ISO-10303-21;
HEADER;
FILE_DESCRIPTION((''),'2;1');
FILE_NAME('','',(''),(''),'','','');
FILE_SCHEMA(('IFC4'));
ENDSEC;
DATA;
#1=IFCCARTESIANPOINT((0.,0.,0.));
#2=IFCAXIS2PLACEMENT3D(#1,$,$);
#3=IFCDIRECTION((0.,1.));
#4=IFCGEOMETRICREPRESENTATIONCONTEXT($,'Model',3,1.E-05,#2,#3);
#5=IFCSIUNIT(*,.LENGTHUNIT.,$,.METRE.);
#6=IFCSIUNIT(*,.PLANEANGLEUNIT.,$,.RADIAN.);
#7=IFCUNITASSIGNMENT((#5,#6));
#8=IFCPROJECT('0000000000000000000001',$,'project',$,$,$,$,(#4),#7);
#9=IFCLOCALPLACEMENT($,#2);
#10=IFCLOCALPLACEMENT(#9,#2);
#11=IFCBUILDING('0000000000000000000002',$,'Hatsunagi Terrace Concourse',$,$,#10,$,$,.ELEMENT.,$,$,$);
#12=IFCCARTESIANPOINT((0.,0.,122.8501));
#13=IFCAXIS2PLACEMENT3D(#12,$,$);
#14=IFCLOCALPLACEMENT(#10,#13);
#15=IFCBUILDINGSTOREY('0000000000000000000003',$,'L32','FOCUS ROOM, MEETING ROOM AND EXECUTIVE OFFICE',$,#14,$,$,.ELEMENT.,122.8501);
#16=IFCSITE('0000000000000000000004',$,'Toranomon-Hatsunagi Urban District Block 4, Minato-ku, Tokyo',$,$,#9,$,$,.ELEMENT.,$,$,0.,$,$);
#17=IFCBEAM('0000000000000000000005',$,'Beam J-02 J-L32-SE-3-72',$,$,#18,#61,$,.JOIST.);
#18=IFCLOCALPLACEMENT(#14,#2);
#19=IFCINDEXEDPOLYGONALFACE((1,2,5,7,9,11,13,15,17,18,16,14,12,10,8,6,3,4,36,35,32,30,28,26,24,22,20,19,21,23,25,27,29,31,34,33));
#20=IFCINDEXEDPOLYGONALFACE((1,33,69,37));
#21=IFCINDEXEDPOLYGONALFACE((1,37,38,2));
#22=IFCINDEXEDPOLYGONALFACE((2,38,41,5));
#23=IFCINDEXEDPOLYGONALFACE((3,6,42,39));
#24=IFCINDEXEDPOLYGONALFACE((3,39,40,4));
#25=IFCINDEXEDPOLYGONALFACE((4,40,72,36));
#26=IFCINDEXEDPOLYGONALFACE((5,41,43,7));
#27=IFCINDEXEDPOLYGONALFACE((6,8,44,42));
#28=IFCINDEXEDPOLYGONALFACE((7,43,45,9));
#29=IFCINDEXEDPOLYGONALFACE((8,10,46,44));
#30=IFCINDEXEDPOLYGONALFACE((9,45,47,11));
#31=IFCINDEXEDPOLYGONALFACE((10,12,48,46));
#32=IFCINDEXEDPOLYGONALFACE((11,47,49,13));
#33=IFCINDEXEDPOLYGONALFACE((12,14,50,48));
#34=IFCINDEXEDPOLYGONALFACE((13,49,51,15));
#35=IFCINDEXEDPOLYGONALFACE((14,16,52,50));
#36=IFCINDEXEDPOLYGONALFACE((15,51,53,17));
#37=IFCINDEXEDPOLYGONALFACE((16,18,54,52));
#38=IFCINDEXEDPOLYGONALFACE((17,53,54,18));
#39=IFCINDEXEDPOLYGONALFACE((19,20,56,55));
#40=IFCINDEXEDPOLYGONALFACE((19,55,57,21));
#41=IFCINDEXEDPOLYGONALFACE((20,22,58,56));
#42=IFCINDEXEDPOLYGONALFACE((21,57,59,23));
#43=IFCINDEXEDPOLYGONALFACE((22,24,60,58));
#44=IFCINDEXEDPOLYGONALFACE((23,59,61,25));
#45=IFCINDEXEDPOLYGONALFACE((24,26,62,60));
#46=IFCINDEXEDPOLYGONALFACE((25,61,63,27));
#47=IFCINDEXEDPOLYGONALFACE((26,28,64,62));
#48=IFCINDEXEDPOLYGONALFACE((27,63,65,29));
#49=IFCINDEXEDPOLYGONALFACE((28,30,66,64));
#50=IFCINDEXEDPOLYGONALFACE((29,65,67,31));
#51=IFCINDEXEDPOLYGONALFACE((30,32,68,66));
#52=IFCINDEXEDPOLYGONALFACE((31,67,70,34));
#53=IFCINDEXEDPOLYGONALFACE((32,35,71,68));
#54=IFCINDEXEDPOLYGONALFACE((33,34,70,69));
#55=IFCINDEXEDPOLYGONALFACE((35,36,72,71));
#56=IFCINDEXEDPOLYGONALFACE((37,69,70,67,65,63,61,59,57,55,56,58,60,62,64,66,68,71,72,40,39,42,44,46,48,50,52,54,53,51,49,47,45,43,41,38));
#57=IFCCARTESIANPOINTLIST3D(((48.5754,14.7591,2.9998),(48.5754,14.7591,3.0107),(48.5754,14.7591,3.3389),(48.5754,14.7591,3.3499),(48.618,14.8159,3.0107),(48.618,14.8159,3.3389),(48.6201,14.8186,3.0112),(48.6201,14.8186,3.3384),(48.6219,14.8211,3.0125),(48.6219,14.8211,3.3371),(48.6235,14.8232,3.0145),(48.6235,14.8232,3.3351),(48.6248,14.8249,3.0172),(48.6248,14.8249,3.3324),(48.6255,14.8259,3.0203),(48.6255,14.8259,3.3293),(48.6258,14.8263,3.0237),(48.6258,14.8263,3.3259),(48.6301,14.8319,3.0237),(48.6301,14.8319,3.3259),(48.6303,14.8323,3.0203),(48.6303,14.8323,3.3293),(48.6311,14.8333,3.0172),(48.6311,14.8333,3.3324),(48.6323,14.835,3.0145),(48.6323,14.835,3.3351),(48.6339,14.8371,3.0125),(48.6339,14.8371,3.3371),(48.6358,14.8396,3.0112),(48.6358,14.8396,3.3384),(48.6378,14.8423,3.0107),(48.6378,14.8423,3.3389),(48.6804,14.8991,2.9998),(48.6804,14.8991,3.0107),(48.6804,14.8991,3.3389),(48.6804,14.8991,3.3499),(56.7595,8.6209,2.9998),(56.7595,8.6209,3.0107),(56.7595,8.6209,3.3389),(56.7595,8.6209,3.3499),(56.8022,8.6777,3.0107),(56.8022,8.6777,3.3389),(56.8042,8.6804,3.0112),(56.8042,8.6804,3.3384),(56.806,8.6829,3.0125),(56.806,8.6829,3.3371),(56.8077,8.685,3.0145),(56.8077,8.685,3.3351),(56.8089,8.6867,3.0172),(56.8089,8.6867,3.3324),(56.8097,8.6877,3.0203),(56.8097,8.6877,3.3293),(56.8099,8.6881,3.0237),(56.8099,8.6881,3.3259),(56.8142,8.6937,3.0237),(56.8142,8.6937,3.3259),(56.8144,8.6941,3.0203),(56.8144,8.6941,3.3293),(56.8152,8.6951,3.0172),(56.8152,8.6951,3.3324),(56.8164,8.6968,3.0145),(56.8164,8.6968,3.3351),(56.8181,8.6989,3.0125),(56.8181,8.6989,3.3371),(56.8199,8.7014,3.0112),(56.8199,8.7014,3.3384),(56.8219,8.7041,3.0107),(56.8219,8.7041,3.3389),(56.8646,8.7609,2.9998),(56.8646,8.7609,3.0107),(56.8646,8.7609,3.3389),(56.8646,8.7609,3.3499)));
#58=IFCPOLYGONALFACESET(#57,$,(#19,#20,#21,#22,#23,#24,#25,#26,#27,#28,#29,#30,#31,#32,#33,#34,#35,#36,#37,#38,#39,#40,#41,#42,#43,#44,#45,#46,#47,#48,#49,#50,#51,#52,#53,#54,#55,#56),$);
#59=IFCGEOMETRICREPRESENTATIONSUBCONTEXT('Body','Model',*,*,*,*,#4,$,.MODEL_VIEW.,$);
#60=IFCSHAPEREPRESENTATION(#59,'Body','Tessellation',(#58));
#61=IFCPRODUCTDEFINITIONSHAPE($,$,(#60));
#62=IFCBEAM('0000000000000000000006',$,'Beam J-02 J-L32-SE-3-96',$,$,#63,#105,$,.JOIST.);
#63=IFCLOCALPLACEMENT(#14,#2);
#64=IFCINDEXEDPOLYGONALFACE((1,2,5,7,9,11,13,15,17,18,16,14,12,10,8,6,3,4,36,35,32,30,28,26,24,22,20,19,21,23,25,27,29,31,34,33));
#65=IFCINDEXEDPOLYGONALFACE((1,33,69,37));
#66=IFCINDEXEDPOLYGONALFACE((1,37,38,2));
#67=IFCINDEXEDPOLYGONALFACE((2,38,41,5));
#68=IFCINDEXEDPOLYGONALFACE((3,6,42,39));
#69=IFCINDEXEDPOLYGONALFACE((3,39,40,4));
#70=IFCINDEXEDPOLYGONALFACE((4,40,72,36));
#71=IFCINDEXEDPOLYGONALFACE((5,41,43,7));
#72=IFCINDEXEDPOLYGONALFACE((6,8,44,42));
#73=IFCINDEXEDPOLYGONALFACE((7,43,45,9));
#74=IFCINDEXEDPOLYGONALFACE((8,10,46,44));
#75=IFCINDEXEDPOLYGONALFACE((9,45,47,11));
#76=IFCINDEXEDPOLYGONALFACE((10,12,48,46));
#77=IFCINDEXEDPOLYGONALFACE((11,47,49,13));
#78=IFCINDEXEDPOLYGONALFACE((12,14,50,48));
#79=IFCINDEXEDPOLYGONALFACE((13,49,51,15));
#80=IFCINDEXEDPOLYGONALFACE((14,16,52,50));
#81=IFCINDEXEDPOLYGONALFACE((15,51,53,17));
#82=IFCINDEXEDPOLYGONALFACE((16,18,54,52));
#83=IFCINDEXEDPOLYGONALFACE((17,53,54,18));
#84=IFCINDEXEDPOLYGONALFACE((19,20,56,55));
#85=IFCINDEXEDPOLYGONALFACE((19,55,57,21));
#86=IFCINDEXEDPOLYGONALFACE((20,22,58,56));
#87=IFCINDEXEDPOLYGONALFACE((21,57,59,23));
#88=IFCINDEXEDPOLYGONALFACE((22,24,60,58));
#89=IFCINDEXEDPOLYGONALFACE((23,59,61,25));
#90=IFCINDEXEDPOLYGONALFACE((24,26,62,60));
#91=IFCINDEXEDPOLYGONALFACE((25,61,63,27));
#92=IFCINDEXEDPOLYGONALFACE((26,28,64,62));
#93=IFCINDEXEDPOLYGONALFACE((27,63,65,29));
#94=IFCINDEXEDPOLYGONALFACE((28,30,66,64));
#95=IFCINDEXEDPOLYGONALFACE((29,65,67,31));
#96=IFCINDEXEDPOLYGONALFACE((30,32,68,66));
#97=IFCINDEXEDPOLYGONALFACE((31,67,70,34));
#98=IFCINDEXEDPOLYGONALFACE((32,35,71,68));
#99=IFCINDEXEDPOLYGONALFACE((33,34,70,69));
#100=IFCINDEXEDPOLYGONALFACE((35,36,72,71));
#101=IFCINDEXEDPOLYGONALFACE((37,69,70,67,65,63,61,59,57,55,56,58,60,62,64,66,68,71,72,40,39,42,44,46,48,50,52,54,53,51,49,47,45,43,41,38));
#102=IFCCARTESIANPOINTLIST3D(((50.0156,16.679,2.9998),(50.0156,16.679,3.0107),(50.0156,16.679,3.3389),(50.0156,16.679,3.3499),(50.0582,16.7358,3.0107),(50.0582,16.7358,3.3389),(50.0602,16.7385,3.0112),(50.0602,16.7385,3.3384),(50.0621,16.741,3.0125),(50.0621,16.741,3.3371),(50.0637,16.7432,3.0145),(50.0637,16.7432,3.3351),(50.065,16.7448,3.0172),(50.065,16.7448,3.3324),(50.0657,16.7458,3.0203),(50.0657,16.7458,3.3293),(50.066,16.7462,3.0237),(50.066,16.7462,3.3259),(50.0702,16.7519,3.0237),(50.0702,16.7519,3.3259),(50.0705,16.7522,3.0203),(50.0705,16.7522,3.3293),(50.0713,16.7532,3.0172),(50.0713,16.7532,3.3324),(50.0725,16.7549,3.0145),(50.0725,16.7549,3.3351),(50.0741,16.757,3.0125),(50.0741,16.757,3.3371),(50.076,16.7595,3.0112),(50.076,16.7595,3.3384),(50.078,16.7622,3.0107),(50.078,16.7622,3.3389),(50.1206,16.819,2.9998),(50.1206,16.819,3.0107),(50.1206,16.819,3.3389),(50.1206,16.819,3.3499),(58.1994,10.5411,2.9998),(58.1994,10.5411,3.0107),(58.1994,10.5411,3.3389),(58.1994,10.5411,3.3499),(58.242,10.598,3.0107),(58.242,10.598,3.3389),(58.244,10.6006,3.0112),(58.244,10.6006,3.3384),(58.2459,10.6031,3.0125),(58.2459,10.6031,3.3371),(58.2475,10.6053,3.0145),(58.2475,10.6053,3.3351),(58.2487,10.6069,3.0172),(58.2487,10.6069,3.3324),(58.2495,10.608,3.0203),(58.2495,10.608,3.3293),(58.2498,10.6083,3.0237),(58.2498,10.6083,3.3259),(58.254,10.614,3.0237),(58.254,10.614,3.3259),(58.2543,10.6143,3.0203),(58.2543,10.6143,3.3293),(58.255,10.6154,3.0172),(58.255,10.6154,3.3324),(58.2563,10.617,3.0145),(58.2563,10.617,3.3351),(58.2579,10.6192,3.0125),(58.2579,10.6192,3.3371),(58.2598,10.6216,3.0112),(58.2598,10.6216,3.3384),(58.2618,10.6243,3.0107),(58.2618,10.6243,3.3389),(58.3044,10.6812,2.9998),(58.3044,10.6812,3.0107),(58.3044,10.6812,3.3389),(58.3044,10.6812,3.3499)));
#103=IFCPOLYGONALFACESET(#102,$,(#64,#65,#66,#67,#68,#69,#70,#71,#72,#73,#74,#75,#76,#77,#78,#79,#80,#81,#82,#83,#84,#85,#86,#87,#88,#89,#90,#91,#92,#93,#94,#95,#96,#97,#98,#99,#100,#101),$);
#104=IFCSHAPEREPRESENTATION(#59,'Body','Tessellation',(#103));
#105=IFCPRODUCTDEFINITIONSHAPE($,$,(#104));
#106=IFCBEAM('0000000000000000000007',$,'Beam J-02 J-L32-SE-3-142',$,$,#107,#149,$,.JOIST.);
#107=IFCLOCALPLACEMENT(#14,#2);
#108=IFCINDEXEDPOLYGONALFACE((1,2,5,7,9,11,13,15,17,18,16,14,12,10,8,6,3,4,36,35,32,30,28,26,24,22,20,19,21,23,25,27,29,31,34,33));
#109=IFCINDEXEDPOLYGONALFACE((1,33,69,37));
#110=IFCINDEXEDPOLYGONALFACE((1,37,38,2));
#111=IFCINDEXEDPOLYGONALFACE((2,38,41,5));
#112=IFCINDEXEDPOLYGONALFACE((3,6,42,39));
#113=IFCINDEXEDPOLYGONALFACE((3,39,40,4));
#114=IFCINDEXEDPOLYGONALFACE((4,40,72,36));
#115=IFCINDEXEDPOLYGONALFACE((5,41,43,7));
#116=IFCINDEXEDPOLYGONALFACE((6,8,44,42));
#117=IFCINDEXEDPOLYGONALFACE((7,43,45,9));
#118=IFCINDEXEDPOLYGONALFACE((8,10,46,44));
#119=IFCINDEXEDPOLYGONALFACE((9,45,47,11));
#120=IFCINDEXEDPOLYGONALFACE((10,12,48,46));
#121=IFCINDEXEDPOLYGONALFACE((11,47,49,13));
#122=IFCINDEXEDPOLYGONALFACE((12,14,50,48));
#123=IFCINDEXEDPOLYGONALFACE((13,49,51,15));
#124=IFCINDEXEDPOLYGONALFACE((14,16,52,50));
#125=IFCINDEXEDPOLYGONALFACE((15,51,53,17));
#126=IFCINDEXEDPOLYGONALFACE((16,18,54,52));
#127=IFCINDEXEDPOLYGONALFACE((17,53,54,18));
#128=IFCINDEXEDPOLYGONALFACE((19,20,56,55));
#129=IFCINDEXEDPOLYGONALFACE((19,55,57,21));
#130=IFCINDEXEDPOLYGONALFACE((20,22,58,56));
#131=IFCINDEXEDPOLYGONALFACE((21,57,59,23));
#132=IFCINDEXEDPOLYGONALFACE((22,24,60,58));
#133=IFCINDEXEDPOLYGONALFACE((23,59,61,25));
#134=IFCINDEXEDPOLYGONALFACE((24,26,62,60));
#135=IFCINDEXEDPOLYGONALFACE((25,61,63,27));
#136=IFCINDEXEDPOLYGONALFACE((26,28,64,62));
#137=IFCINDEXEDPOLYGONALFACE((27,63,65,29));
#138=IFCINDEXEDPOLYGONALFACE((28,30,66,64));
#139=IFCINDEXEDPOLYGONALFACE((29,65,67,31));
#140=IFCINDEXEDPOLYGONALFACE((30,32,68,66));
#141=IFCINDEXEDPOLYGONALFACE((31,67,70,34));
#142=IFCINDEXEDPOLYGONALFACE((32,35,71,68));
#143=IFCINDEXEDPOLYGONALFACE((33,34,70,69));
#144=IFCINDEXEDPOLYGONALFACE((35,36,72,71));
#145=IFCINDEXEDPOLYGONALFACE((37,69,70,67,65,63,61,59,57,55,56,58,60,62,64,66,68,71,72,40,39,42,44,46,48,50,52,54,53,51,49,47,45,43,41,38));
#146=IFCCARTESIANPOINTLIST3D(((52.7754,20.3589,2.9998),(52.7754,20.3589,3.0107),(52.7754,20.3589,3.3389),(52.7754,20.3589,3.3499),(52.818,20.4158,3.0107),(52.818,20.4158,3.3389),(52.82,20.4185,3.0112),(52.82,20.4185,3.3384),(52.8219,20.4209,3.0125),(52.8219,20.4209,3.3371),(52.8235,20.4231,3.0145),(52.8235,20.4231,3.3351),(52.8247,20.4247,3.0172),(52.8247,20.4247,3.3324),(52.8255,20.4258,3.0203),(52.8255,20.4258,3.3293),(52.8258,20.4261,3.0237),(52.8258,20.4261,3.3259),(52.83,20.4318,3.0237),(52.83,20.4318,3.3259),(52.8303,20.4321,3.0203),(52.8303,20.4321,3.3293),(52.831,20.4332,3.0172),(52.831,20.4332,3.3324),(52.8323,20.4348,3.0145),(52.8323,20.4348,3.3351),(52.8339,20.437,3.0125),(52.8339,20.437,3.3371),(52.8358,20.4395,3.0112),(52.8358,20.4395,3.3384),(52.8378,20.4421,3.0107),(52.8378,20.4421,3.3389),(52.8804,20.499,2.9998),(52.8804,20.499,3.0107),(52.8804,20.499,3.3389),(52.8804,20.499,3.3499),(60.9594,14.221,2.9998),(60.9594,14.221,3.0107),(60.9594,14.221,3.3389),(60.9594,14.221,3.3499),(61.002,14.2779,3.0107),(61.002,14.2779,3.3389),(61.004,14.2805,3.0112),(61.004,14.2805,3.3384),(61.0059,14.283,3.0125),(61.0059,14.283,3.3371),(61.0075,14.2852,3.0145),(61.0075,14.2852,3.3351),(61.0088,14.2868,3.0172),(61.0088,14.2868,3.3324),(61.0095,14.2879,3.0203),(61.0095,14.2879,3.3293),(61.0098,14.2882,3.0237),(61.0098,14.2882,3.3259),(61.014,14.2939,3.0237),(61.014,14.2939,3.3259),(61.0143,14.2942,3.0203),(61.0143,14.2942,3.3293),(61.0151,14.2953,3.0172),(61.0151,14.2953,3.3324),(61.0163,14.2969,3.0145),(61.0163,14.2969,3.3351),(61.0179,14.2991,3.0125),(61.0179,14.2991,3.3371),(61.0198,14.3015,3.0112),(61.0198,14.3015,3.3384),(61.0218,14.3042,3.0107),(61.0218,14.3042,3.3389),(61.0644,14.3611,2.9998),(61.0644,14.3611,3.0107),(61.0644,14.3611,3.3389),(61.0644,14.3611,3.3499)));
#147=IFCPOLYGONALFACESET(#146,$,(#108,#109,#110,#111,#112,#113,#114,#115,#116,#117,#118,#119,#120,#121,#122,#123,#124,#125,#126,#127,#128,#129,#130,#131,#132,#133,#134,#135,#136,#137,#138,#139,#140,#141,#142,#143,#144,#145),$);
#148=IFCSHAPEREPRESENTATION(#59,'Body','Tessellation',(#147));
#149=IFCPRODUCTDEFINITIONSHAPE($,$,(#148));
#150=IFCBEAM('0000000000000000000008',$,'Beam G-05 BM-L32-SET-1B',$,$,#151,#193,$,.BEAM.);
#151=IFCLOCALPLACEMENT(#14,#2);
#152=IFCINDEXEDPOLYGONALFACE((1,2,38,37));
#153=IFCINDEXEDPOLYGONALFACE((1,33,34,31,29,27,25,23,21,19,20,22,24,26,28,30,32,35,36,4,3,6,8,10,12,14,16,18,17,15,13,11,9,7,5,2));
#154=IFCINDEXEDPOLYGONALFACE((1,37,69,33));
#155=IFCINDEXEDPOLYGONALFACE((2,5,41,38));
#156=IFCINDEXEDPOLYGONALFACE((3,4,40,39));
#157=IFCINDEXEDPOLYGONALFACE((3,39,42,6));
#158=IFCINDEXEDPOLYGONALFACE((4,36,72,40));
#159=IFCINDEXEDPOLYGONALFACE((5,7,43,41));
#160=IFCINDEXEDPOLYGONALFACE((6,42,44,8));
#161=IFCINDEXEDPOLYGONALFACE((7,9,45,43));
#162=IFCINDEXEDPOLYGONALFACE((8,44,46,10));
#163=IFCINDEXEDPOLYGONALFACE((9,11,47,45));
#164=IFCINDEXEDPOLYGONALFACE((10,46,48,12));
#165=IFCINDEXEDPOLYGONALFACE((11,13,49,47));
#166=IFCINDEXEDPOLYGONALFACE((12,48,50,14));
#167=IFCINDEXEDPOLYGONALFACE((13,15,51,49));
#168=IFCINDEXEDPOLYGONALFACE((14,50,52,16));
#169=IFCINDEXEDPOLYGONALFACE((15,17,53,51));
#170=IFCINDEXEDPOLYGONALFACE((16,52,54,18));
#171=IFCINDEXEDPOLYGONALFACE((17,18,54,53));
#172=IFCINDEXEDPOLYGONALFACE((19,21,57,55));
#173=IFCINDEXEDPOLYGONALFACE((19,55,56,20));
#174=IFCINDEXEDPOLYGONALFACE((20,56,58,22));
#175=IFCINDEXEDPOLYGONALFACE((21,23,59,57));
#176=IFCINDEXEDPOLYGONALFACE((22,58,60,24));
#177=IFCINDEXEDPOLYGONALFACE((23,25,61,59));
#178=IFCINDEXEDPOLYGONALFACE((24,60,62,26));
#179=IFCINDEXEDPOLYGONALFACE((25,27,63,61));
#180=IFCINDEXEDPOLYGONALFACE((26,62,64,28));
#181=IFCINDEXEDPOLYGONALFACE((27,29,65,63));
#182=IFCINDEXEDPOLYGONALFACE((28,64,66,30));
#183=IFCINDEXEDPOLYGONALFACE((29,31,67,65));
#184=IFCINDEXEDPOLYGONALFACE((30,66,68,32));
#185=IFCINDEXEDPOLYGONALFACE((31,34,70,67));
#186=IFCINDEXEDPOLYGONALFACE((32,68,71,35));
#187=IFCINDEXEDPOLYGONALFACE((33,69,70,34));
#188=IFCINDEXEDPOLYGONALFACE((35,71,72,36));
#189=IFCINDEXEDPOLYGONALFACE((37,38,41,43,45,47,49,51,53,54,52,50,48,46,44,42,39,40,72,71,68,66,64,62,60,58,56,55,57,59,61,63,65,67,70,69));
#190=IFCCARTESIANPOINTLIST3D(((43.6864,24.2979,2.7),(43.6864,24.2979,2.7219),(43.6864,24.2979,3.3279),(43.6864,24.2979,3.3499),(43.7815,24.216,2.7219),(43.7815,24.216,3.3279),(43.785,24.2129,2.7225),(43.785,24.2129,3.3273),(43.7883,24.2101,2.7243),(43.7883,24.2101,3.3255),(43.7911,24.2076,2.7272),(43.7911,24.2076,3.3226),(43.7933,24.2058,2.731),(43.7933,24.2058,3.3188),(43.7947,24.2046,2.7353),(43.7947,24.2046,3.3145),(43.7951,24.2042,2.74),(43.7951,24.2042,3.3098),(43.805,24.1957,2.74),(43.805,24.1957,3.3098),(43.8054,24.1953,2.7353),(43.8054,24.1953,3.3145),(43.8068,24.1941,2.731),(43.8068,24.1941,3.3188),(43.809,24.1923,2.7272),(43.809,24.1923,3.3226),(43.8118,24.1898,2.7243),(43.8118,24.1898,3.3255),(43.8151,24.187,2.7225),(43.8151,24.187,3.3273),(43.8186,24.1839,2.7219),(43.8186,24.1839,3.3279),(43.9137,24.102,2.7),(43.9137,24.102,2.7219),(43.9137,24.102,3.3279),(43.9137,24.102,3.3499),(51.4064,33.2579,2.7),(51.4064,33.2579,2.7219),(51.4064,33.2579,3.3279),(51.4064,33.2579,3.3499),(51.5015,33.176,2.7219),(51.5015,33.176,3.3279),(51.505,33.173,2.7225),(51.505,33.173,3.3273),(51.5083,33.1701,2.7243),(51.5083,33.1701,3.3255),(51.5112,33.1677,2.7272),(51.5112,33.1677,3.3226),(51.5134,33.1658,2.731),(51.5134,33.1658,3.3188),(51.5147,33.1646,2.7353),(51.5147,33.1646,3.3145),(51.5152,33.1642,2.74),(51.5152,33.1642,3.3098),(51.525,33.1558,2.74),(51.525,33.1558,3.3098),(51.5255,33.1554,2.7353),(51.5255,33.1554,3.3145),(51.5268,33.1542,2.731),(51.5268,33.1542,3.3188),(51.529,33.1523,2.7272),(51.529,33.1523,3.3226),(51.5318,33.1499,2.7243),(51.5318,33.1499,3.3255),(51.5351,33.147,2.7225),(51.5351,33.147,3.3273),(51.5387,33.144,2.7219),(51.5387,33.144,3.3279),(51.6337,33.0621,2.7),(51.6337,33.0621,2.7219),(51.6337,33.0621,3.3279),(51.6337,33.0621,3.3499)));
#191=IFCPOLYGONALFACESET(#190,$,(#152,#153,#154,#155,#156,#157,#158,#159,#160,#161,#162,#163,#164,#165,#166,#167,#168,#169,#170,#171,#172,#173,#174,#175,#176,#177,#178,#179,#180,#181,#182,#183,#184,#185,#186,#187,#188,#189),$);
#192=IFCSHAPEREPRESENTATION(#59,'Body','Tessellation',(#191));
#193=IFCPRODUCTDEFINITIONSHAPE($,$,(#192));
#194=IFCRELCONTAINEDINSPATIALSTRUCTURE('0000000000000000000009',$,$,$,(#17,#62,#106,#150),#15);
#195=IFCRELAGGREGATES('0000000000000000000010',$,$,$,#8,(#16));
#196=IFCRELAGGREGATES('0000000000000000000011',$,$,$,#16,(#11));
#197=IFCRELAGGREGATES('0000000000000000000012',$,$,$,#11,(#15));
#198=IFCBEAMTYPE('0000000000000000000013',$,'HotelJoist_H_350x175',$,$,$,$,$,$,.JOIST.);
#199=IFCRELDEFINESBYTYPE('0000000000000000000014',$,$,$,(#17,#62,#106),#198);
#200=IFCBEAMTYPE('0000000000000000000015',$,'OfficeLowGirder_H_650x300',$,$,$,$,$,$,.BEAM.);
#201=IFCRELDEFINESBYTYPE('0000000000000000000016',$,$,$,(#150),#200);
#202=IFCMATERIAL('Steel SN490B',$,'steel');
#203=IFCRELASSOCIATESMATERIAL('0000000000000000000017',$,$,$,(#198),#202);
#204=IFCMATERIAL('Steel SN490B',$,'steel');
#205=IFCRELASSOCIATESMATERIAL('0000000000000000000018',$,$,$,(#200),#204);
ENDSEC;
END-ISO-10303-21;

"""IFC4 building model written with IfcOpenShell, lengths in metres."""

from ifc_helpers import new_model, si_unit, direction, frame, origin, origin_2d, place, context, subcontext, project, spatial, i_section, extrude, material, material_profile, profile_set, type_object, element, save


model = new_model("IFC4")

# Units and contexts
model_context = context("Model", 3, precision=1e-05, world=origin(), true_north=direction((0.0, 1.0)))
body_context = subcontext(model_context, "Body", "Model", "MODEL_VIEW")
ifc_project = project(units=[si_unit("LENGTHUNIT", "METRE"), si_unit("PLANEANGLEUNIT", "RADIAN")], contexts=[model_context])

# Site, building, storey
site_placement = place(None, origin())
site = spatial("IfcSite", under=ifc_project, at=site_placement, Name="Toranomon-Hatsunagi Urban District Block 4, Minato-ku, Tokyo", CompositionType="ELEMENT", RefElevation=0.0)
building_placement = place(site_placement, origin())
building = spatial("IfcBuilding", under=site, at=building_placement, Name="Hatsunagi Terrace Concourse", CompositionType="ELEMENT")
storey_placement = place(building_placement, frame((0.0, 0.0, 122.8501)))
storey = spatial("IfcBuildingStorey", under=building, at=storey_placement, Name="L32", Description="FOCUS ROOM, MEETING ROOM AND EXECUTIVE OFFICE", CompositionType="ELEMENT", Elevation=122.8501)

# Beams
ifc_material_1 = material(Name="Steel SN490B", Category="steel")
ifc_material_profile_1 = material_profile(ifc_material_1, i_section(OverallWidth=0.175, OverallDepth=0.3501, WebThickness=0.0071, FlangeThickness=0.011, FilletRadius=0.0129, at=origin_2d()), Name="H-350x175x7x11")
ifc_profile_set_1 = profile_set([ifc_material_profile_1], Name="Steel SN490B")
beam_type_1 = type_object("IfcBeamType", Name="HotelJoist_H_350x175", PredefinedType="JOIST", material=ifc_profile_set_1)
beam_1_placement = place(storey_placement, frame((48.6279, 14.8291, 3.1748), z_axis=(0.799994, -0.600008, 0.0), x_axis=(0.600008, 0.799994, 0.0)))
element("IfcBeam", 1, at=beam_1_placement, inside=storey, type_object=beam_type_1, Name="Beam J-02 J-L32-SE-3-72", PredefinedType="JOIST", context=body_context, shape_type="SweptSolid", body=[
    extrude(i_section(OverallWidth=0.175, OverallDepth=0.3501, WebThickness=0.0071, FlangeThickness=0.011, FilletRadius=0.0129, at=origin_2d()), origin(), (0.0, 0.0, 1.0), 10.2302),
])
beam_2_placement = place(storey_placement, frame((50.0681, 16.749, 3.1748), z_axis=(0.799997, -0.600004, 0.0), x_axis=(0.600004, 0.799997, 0.0)))
element("IfcBeam", 2, at=beam_2_placement, inside=storey, type_object=beam_type_1, Name="Beam J-02 J-L32-SE-3-96", PredefinedType="JOIST", context=body_context, shape_type="SweptSolid", body=[
    extrude(i_section(OverallWidth=0.175, OverallDepth=0.3501, WebThickness=0.0071, FlangeThickness=0.011, FilletRadius=0.0129, at=origin_2d()), origin(), (0.0, 0.0, 1.0), 10.2297),
])
beam_3_placement = place(storey_placement, frame((52.8279, 20.429, 3.1748), z_axis=(0.800006, -0.599992, 0.0), x_axis=(0.599992, 0.800006, 0.0)))
element("IfcBeam", 3, at=beam_3_placement, inside=storey, type_object=beam_type_1, Name="Beam J-02 J-L32-SE-3-142", PredefinedType="JOIST", context=body_context, shape_type="SweptSolid", body=[
    extrude(i_section(OverallWidth=0.175, OverallDepth=0.3501, WebThickness=0.0071, FlangeThickness=0.011, FilletRadius=0.0129, at=origin_2d()), origin(), (0.0, 0.0, 1.0), 10.23),
])
ifc_material_2 = material(Name="Steel SN490B", Category="steel")
ifc_material_profile_2 = material_profile(ifc_material_2, i_section(OverallWidth=0.3, OverallDepth=0.6499, WebThickness=0.0129, FlangeThickness=0.022, FilletRadius=0.0181, at=origin_2d()), Name="H-650x300x13x22")
ifc_profile_set_2 = profile_set([ifc_material_profile_2], Name="Steel SN490B")
beam_type_2 = type_object("IfcBeamType", Name="OfficeLowGirder_H_650x300", PredefinedType="BEAM", material=ifc_profile_set_2)
beam_4_placement = place(storey_placement, frame((43.8, 24.2, 3.0249), z_axis=(0.652739, 0.757583, 0.0), x_axis=(-0.757583, 0.652739, 0.0)))
element("IfcBeam", 4, at=beam_4_placement, inside=storey, type_object=beam_type_2, Name="Beam G-05 BM-L32-SET-1B", PredefinedType="BEAM", context=body_context, shape_type="SweptSolid", body=[
    extrude(i_section(OverallWidth=0.3, OverallDepth=0.6499, WebThickness=0.0129, FlangeThickness=0.022, FilletRadius=0.0181, at=origin_2d()), origin(), (0.0, 0.0, 1.0), 11.8271),
])

save(model, "model.ifc")
